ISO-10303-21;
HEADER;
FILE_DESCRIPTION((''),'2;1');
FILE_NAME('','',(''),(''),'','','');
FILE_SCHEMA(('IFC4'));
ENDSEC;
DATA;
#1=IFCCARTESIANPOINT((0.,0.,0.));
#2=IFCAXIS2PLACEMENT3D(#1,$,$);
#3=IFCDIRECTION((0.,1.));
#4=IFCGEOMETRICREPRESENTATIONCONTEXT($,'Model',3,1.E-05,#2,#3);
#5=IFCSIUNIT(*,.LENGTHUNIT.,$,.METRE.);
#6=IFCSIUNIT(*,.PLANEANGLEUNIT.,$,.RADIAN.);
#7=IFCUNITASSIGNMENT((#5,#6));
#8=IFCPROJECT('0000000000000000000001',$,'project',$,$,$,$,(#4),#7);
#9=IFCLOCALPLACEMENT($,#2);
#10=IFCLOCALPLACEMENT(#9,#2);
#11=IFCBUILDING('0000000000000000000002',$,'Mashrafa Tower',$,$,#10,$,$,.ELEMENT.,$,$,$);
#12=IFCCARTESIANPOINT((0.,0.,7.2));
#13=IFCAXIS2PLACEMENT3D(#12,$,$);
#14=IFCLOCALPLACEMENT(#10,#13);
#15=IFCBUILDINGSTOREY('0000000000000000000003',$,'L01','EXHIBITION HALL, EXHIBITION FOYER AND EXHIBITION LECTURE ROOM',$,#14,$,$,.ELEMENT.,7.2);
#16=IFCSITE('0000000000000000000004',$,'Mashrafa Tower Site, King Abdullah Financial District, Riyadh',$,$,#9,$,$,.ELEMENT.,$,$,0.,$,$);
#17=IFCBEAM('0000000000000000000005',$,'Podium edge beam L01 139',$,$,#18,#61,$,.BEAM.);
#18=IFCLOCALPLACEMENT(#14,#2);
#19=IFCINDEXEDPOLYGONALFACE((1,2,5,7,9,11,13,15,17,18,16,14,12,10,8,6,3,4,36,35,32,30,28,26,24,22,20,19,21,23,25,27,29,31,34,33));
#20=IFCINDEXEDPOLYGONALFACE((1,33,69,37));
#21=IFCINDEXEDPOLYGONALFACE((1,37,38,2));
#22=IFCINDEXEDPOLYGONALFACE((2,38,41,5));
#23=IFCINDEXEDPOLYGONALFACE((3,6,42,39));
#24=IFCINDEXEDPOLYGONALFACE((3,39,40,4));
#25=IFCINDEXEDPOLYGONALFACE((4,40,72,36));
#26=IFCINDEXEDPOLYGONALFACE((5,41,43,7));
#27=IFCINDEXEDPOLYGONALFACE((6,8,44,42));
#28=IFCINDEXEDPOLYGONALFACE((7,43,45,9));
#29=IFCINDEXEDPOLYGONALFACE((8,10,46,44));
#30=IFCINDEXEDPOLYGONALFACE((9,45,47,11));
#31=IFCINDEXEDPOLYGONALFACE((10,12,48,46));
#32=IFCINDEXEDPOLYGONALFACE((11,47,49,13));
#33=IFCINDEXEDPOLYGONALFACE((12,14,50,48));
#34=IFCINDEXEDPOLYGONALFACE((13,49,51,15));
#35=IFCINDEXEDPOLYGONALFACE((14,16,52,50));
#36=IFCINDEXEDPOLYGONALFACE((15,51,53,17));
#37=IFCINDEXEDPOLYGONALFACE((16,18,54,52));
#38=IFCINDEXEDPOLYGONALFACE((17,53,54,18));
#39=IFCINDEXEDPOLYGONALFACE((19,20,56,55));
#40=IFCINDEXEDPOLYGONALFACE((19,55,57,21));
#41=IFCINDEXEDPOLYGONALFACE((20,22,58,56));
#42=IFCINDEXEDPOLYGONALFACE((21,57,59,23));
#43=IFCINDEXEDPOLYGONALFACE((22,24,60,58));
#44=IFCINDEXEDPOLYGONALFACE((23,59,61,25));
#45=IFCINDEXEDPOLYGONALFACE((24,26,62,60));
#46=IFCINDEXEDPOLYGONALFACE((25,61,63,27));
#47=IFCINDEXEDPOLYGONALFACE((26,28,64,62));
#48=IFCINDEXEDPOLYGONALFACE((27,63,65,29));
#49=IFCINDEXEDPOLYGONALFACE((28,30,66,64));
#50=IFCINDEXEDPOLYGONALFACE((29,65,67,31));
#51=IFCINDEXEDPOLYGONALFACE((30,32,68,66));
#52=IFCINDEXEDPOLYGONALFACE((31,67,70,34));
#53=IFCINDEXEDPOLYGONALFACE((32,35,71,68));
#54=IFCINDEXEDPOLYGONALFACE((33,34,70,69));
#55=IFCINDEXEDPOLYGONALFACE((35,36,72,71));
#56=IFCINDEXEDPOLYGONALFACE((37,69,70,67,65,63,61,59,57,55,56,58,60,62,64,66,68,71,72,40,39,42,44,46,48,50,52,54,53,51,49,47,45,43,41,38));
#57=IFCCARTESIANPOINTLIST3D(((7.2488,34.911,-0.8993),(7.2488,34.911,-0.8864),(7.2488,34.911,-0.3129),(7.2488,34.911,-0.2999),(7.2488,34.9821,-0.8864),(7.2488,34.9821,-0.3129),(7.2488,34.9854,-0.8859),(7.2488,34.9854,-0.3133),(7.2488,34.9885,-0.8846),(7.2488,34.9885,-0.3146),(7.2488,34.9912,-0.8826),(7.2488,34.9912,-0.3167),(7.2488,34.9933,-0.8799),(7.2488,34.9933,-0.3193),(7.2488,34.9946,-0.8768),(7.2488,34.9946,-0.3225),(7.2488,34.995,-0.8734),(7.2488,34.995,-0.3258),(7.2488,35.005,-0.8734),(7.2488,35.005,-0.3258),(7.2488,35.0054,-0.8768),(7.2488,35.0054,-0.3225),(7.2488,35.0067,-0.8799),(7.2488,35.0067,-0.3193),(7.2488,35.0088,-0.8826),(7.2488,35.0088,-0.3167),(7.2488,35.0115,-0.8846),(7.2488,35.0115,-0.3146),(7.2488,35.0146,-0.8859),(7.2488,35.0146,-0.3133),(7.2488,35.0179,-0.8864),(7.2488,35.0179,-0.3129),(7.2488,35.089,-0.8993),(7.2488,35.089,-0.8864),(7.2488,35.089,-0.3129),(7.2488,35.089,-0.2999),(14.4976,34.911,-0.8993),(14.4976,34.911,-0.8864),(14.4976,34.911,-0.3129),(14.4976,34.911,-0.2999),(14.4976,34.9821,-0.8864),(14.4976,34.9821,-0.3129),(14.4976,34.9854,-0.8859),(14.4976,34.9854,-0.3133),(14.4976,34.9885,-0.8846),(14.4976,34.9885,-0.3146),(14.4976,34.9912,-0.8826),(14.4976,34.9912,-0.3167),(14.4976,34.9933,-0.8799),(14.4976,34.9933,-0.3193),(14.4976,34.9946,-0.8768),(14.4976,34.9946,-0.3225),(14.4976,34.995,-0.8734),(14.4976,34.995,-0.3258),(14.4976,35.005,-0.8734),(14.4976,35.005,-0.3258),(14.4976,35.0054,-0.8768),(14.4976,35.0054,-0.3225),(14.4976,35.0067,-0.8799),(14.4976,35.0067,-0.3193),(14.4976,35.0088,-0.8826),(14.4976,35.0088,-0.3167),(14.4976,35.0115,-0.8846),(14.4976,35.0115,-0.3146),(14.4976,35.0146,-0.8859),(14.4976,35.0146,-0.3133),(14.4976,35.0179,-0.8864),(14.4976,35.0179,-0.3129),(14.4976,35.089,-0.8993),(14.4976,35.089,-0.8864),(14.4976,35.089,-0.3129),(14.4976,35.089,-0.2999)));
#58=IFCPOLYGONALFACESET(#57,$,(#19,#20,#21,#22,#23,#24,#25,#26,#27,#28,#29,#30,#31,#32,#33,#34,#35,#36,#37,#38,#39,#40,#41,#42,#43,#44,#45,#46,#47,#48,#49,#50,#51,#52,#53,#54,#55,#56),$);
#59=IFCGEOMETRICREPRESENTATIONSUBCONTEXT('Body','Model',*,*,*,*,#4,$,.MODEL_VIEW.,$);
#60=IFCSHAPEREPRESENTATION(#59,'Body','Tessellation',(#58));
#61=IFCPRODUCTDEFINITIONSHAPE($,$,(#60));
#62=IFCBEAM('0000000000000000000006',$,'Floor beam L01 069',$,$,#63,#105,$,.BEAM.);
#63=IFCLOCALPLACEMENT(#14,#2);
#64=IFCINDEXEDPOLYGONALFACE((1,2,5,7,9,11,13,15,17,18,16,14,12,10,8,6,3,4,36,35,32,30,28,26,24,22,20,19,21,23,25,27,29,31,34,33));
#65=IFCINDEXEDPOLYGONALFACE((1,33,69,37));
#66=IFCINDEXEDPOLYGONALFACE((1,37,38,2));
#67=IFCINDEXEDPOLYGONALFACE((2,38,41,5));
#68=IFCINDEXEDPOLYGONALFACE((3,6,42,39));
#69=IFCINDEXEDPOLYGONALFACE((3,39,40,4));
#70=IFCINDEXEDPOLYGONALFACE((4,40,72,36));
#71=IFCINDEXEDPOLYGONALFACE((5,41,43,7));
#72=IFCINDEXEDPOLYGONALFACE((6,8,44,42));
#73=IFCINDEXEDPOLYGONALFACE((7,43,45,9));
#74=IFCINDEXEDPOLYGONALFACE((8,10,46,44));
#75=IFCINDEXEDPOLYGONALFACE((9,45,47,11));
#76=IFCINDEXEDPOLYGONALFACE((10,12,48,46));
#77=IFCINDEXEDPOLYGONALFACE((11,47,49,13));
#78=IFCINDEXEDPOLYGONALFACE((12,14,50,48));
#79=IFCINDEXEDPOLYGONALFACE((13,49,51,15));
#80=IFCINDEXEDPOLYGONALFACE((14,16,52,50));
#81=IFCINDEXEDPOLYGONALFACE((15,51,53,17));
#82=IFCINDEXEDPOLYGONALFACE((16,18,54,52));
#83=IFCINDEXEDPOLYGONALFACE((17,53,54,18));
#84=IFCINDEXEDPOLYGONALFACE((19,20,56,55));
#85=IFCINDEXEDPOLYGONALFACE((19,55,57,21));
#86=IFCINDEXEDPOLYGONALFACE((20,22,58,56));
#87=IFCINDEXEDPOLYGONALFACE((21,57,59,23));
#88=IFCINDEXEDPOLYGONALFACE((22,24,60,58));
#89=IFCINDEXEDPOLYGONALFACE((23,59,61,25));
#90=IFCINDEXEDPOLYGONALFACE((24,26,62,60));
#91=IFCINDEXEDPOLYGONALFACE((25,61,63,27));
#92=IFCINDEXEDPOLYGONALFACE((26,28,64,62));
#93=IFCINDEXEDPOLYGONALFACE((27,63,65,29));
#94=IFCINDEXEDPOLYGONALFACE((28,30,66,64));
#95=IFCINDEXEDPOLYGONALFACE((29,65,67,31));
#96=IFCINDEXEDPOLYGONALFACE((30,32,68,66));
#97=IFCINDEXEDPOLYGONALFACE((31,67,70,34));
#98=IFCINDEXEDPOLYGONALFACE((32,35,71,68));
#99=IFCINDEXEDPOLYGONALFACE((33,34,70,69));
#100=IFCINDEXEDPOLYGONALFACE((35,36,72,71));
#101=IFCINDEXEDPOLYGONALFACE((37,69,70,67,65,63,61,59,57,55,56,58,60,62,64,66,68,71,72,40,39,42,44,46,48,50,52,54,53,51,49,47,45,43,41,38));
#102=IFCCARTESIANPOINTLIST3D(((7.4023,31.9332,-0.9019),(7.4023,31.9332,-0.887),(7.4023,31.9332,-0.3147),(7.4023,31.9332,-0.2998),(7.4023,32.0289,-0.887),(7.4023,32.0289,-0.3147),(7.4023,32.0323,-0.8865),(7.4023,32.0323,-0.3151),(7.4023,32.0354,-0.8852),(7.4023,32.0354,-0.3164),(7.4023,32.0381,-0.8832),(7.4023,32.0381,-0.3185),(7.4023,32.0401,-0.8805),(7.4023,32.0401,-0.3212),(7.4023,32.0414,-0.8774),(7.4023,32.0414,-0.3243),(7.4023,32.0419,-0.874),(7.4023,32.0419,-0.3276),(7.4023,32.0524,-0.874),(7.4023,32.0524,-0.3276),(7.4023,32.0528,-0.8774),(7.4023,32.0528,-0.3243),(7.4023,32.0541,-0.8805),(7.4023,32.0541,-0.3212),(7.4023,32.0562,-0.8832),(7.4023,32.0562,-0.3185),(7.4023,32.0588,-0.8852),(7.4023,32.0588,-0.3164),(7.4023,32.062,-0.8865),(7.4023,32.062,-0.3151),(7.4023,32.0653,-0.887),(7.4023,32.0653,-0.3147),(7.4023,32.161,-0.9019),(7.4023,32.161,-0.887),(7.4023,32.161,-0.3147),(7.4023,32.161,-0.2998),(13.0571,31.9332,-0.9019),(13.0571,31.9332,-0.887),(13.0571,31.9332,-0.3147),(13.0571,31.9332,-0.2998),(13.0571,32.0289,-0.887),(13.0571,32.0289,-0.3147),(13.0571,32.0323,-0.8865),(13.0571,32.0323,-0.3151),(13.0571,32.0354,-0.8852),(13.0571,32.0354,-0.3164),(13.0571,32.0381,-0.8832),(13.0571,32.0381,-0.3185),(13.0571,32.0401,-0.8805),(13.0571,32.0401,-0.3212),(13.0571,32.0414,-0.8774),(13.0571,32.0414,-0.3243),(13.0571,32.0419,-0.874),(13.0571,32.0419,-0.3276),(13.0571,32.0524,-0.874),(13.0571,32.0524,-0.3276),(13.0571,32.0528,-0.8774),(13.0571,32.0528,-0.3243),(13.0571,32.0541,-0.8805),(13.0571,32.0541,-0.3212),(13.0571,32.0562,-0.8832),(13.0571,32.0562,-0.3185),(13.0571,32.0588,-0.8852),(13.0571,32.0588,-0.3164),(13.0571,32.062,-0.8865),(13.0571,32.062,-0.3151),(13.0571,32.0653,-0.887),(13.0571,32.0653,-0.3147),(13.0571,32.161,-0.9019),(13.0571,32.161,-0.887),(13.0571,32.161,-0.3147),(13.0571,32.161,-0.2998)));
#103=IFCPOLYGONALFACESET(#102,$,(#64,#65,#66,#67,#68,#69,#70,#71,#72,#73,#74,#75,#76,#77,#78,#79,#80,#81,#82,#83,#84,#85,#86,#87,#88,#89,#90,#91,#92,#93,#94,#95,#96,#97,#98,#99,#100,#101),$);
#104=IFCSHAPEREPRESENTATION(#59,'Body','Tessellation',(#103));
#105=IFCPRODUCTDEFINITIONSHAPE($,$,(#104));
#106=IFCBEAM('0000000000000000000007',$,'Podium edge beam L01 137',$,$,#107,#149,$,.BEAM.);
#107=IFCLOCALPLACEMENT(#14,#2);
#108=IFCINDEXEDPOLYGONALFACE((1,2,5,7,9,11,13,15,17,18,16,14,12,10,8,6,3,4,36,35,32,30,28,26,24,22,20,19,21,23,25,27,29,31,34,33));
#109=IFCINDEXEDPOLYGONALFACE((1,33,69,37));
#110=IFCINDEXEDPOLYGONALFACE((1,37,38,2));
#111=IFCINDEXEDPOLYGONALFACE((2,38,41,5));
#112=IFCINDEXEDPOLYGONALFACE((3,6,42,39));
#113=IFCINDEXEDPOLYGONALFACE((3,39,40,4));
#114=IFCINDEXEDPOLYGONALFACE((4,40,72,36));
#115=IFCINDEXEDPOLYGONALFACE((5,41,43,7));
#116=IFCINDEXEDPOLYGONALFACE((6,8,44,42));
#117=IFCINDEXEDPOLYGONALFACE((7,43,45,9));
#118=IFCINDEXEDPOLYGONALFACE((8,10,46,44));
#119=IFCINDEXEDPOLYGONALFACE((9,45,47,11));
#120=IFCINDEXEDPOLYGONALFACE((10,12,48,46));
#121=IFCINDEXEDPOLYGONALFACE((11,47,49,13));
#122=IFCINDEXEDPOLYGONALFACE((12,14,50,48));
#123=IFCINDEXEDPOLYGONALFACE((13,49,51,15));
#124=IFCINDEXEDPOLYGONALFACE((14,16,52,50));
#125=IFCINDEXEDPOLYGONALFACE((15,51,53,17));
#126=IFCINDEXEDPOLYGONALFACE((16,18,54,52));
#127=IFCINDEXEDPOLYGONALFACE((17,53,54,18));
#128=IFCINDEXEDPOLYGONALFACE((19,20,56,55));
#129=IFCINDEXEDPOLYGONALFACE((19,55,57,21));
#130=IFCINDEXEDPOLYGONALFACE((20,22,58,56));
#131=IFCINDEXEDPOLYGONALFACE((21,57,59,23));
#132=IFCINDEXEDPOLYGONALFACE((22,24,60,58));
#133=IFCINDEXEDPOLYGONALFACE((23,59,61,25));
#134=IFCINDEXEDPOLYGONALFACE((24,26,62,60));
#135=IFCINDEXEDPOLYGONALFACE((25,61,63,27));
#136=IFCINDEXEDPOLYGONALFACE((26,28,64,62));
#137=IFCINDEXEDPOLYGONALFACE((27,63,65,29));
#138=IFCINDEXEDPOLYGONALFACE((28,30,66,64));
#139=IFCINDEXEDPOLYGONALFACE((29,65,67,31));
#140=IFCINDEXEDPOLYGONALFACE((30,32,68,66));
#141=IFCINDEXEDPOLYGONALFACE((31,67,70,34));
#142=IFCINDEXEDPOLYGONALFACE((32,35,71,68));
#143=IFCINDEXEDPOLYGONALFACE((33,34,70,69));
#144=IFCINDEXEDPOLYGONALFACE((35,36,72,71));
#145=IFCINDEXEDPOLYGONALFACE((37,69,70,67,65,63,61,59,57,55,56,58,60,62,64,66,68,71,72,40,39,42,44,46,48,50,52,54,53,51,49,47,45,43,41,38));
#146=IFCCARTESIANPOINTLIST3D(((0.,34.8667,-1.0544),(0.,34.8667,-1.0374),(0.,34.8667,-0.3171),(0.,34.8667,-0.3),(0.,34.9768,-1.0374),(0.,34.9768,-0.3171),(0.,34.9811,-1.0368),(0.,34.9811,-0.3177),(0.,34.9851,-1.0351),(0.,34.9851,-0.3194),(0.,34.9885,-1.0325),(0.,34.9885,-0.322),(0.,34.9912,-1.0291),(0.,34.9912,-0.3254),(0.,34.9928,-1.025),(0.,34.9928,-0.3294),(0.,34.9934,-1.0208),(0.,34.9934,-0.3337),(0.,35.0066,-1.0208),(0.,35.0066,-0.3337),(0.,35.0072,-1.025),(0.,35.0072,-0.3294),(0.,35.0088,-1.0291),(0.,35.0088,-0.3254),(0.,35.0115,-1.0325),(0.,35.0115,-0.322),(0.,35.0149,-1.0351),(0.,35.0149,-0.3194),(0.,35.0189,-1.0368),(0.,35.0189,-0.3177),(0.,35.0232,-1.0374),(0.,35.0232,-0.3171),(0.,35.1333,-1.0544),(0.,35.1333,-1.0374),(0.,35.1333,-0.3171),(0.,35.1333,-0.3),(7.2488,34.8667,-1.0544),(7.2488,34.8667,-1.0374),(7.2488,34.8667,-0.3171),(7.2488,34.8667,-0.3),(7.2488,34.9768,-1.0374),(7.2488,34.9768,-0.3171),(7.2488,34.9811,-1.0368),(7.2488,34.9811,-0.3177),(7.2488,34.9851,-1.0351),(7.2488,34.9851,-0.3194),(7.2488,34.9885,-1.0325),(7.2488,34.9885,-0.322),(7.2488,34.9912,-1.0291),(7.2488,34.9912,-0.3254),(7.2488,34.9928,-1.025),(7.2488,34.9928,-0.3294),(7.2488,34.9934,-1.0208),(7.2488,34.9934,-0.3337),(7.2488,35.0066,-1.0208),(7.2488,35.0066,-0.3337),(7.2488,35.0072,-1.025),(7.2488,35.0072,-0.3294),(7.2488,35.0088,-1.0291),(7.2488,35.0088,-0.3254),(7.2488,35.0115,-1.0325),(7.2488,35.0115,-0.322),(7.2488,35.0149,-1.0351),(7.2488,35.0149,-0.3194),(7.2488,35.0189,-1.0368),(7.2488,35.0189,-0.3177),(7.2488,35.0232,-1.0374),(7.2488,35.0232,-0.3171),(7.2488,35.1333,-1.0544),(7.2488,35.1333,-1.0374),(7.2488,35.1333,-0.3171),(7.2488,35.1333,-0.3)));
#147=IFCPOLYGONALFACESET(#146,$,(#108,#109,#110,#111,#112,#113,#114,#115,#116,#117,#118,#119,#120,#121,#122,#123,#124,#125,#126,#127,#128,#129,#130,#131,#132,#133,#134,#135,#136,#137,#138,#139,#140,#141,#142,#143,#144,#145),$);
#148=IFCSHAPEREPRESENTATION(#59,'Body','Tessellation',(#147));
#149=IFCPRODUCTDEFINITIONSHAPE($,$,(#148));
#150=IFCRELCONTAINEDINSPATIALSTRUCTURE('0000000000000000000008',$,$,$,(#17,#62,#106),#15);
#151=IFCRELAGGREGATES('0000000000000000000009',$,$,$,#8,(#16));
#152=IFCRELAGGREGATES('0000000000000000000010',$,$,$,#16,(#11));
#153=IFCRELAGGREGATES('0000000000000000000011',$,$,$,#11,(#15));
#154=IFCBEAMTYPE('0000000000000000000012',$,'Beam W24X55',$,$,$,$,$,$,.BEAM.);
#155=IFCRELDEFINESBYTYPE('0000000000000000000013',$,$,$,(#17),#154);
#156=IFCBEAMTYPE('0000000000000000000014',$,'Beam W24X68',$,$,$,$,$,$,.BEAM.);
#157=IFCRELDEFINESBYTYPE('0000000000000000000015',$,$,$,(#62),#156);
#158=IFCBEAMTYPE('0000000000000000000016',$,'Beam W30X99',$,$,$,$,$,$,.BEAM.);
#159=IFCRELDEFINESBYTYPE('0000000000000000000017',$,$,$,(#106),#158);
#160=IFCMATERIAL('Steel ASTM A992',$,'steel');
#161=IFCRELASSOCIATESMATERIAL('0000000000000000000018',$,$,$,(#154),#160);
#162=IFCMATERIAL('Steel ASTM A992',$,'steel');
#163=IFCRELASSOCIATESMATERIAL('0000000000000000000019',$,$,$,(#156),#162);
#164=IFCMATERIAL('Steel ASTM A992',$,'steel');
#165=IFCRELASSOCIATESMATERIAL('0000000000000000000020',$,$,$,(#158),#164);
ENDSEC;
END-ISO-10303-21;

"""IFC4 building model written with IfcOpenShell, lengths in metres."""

from ifc_helpers import new_model, si_unit, direction, frame, origin, origin_2d, place, context, subcontext, project, spatial, i_section, extrude, material, material_profile, profile_set, type_object, element, save


model = new_model("IFC4")

# Units and contexts
model_context = context("Model", 3, precision=1e-05, world=origin(), true_north=direction((0.0, 1.0)))
body_context = subcontext(model_context, "Body", "Model", "MODEL_VIEW")
ifc_project = project(units=[si_unit("LENGTHUNIT", "METRE"), si_unit("PLANEANGLEUNIT", "RADIAN")], contexts=[model_context])

# Site, building, storey
site_placement = place(None, origin())
site = spatial("IfcSite", under=ifc_project, at=site_placement, Name="Mashrafa Tower Site, King Abdullah Financial District, Riyadh", CompositionType="ELEMENT", RefElevation=0.0)
building_placement = place(site_placement, origin())
building = spatial("IfcBuilding", under=site, at=building_placement, Name="Mashrafa Tower", CompositionType="ELEMENT")
storey_placement = place(building_placement, frame((0.0, 0.0, 7.2)))
storey = spatial("IfcBuildingStorey", under=building, at=storey_placement, Name="L01", Description="EXHIBITION HALL, EXHIBITION FOYER AND EXHIBITION LECTURE ROOM", CompositionType="ELEMENT", Elevation=7.2)

# Beams
ifc_material_1 = material(Name="Steel ASTM A992", Category="steel")
ifc_material_profile_1 = material_profile(ifc_material_1, i_section(OverallWidth=0.178, OverallDepth=0.5994, WebThickness=0.01, FlangeThickness=0.0129, FilletRadius=0.0129, at=origin_2d()), Name="W24X55")
ifc_profile_set_1 = profile_set([ifc_material_profile_1], Name="Steel ASTM A992")
beam_type_1 = type_object("IfcBeamType", Name="Beam W24X55", PredefinedType="BEAM", material=ifc_profile_set_1)
beam_1_placement = place(storey_placement, frame((14.4976, 35.0, -0.5996), z_axis=(-1.0, 0.0, 0.0), x_axis=(0.0, -1.0, 0.0)))
element("IfcBeam", 1, at=beam_1_placement, inside=storey, type_object=beam_type_1, Name="Podium edge beam L01 139", PredefinedType="BEAM", context=body_context, shape_type="SweptSolid", body=[
    extrude(i_section(OverallWidth=0.178, OverallDepth=0.5994, WebThickness=0.01, FlangeThickness=0.0129, FilletRadius=0.0129, at=origin_2d()), origin(), (0.0, 0.0, 1.0), 7.2488),
])
ifc_material_2 = material(Name="Steel ASTM A992", Category="steel")
ifc_material_profile_2 = material_profile(ifc_material_2, i_section(OverallWidth=0.2278, OverallDepth=0.6021, WebThickness=0.0105, FlangeThickness=0.0149, FilletRadius=0.0129, at=origin_2d()), Name="W24X68")
ifc_profile_set_2 = profile_set([ifc_material_profile_2], Name="Steel ASTM A992")
beam_type_2 = type_object("IfcBeamType", Name="Beam W24X68", PredefinedType="BEAM", material=ifc_profile_set_2)
beam_2_placement = place(storey_placement, frame((7.4023, 32.0471, -0.6008), z_axis=(1.0, 0.0, 0.0), x_axis=(0.0, 1.0, 0.0)))
element("IfcBeam", 2, at=beam_2_placement, inside=storey, type_object=beam_type_2, Name="Floor beam L01 069", PredefinedType="BEAM", context=body_context, shape_type="SweptSolid", body=[
    extrude(i_section(OverallWidth=0.2278, OverallDepth=0.6021, WebThickness=0.0105, FlangeThickness=0.0149, FilletRadius=0.0129, at=origin_2d()), origin(), (0.0, 0.0, 1.0), 5.6548),
])
ifc_material_3 = material(Name="Steel ASTM A992", Category="steel")
ifc_material_profile_3 = material_profile(ifc_material_3, i_section(OverallWidth=0.2666, OverallDepth=0.7544, WebThickness=0.0132, FlangeThickness=0.0171, FilletRadius=0.0166, at=origin_2d()), Name="W30X99")
ifc_profile_set_3 = profile_set([ifc_material_profile_3], Name="Steel ASTM A992")
beam_type_3 = type_object("IfcBeamType", Name="Beam W30X99", PredefinedType="BEAM", material=ifc_profile_set_3)
beam_3_placement = place(storey_placement, frame((7.2488, 35.0, -0.6772), z_axis=(-1.0, 0.0, 0.0), x_axis=(0.0, -1.0, 0.0)))
element("IfcBeam", 3, at=beam_3_placement, inside=storey, type_object=beam_type_3, Name="Podium edge beam L01 137", PredefinedType="BEAM", context=body_context, shape_type="SweptSolid", body=[
    extrude(i_section(OverallWidth=0.2666, OverallDepth=0.7544, WebThickness=0.0132, FlangeThickness=0.0171, FilletRadius=0.0166, at=origin_2d()), origin(), (0.0, 0.0, 1.0), 7.2488),
])

save(model, "model.ifc")
